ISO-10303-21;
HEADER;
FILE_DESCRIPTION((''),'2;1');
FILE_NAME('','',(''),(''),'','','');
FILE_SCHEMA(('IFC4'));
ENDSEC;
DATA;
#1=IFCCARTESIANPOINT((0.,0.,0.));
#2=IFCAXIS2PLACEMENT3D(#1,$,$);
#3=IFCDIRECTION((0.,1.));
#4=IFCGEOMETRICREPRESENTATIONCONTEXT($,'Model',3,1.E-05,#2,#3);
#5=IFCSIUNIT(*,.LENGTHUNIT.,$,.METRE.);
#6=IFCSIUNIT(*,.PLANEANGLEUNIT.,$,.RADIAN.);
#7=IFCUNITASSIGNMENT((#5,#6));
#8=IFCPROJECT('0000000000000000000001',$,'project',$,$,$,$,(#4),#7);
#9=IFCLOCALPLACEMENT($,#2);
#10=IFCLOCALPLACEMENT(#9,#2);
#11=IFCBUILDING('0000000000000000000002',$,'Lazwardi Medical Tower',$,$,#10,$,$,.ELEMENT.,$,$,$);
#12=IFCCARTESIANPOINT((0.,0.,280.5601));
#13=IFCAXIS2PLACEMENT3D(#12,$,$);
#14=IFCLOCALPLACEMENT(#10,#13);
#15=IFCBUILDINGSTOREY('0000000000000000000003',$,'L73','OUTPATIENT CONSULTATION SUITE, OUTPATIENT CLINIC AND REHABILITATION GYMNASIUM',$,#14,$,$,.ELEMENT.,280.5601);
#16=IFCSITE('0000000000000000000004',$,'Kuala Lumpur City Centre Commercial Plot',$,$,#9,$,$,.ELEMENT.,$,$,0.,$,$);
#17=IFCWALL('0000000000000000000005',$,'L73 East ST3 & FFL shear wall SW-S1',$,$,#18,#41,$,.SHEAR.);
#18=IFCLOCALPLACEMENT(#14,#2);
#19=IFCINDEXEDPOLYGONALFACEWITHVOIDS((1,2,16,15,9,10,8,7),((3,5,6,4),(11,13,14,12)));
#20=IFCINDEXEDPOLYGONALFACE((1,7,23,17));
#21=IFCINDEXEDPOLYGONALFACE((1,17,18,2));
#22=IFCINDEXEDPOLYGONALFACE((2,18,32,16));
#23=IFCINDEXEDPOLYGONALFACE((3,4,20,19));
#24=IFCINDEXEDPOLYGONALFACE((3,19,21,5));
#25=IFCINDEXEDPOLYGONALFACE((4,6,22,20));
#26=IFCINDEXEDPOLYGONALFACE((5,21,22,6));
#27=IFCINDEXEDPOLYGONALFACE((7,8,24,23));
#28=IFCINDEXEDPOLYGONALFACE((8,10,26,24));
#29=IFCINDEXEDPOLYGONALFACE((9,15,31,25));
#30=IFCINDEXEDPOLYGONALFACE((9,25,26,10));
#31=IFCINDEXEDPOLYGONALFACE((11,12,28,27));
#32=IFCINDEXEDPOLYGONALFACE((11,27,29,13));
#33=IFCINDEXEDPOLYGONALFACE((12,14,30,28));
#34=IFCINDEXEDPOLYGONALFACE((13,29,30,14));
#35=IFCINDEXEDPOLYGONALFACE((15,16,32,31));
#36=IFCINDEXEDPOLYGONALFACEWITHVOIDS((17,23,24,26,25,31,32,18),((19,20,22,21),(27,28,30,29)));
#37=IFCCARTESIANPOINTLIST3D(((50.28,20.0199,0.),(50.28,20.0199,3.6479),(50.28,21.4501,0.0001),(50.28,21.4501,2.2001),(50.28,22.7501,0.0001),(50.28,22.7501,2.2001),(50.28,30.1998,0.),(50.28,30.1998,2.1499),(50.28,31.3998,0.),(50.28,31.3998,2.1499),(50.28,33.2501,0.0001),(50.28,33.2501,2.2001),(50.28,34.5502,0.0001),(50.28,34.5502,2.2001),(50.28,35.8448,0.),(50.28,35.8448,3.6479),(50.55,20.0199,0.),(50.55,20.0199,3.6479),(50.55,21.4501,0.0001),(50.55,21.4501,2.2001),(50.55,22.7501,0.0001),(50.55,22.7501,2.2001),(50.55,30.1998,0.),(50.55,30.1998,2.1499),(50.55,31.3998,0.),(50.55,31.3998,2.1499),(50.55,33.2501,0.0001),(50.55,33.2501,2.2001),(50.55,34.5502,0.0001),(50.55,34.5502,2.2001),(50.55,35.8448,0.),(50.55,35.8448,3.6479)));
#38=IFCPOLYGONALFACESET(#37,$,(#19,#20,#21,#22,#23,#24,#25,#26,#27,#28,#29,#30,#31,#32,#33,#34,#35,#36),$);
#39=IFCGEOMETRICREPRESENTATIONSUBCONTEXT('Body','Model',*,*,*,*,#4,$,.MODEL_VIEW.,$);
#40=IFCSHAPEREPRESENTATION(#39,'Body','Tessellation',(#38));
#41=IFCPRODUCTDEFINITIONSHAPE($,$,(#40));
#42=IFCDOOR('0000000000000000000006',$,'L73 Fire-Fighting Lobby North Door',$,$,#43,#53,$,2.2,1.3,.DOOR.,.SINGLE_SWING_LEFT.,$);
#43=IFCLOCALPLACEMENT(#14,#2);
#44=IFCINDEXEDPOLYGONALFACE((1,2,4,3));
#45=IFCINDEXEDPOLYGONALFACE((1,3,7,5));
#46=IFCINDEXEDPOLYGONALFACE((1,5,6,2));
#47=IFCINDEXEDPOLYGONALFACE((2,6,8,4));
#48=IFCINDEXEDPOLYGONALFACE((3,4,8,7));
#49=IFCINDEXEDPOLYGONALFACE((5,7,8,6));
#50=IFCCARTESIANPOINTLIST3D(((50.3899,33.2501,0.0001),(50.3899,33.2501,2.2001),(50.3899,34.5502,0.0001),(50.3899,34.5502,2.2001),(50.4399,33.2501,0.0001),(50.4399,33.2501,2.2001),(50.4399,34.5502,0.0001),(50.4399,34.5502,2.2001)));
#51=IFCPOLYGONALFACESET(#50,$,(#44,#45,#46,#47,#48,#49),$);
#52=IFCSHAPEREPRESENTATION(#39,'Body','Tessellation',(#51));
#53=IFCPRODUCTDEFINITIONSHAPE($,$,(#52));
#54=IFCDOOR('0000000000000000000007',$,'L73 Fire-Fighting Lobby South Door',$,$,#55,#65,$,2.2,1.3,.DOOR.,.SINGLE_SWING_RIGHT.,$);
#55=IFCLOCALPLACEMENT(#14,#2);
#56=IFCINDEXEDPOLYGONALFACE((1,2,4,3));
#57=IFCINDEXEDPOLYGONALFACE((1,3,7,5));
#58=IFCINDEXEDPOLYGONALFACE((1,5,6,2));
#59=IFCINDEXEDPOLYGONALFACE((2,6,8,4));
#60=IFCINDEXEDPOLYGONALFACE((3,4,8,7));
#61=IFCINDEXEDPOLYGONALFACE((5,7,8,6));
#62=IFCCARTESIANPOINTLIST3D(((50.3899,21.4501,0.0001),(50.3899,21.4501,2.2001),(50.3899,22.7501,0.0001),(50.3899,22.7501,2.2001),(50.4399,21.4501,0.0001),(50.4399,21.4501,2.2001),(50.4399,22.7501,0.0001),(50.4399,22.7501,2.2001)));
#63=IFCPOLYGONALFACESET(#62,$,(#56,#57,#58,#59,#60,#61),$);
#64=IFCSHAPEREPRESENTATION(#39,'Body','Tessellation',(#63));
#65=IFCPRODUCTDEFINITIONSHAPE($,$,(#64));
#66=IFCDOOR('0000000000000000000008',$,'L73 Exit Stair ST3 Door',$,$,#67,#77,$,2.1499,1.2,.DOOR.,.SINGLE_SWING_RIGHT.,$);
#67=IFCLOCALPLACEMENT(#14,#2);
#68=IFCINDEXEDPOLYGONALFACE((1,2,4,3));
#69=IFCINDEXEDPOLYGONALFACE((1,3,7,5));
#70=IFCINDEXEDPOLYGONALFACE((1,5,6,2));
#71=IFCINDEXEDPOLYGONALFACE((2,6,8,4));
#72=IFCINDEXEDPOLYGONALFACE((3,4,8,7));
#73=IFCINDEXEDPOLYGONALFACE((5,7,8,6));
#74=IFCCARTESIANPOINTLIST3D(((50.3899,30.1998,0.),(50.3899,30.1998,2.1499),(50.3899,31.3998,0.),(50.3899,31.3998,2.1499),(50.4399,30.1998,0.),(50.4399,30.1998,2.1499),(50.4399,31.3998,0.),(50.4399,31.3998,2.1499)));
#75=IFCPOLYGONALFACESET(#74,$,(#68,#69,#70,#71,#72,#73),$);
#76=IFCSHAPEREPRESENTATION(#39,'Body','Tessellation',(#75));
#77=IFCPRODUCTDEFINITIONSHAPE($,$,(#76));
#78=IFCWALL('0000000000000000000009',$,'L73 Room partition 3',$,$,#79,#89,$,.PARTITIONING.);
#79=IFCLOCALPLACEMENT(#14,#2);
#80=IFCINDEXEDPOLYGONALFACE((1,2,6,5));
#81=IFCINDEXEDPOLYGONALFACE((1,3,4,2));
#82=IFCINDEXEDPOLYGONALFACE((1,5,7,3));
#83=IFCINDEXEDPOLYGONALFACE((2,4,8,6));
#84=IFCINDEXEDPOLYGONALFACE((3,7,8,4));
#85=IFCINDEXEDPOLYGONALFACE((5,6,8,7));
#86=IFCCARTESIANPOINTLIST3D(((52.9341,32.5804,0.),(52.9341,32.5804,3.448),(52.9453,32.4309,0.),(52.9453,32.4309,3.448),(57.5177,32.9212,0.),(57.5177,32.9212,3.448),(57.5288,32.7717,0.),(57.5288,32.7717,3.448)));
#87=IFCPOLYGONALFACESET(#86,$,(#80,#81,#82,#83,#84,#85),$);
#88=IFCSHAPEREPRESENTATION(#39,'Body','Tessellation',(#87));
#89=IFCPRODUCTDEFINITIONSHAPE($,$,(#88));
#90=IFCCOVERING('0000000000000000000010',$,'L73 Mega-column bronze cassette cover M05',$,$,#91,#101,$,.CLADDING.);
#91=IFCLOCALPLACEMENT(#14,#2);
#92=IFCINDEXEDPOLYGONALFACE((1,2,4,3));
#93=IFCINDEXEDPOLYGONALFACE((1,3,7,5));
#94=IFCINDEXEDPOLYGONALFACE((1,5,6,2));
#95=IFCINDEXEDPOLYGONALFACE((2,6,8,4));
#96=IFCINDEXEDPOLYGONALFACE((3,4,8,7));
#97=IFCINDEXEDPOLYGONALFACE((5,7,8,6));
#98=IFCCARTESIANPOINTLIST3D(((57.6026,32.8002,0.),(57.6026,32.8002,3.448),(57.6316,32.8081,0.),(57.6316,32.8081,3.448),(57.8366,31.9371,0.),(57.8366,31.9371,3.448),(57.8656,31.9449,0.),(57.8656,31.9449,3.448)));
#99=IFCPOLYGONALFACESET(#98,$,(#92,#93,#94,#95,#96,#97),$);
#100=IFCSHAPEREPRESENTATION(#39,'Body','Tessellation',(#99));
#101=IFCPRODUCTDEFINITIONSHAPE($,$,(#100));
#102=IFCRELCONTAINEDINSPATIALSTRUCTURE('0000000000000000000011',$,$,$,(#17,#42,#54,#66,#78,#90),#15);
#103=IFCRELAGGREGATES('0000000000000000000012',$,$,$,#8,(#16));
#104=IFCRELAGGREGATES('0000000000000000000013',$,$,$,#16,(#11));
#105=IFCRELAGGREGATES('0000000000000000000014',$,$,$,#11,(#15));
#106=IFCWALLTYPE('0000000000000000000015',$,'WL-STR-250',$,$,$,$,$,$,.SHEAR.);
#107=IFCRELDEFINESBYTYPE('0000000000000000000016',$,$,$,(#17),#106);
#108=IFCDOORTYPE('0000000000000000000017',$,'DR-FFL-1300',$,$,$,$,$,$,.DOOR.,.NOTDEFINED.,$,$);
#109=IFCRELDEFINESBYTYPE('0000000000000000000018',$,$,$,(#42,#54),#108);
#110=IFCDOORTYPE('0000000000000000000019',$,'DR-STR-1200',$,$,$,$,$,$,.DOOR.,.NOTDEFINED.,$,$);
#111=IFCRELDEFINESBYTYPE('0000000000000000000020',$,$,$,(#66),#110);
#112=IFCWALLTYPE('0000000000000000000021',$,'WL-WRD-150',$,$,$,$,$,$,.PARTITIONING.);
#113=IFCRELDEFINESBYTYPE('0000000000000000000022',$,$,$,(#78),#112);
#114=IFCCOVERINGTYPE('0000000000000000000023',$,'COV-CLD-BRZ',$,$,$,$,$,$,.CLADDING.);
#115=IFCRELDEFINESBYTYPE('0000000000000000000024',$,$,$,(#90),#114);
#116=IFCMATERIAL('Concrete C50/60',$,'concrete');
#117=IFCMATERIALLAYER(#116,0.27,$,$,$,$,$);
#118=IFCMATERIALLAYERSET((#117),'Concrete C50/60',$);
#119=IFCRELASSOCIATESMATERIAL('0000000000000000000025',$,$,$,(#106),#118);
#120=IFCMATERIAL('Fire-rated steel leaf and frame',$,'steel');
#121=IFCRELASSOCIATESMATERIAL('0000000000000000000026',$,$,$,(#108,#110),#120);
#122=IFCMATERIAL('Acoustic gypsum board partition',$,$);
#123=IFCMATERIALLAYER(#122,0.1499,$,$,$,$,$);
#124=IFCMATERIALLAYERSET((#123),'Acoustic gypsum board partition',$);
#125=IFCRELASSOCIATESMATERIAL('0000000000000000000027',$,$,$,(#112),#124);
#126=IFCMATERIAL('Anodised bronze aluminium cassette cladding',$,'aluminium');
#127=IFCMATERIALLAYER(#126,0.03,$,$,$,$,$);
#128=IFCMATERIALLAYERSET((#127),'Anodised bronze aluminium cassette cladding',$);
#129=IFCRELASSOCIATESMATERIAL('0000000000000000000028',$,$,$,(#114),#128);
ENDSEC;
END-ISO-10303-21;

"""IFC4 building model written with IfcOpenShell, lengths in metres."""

from ifc_helpers import new_model, si_unit, direction, frame, frame_2d, origin, origin_2d, place, context, subcontext, project, spatial, rectangle, extrude, material, layer, layer_set, type_object, element, fill, save


model = new_model("IFC4")

# Units and contexts
model_context = context("Model", 3, precision=1e-05, world=origin(), true_north=direction((0.0, 1.0)))
body_context = subcontext(model_context, "Body", "Model", "MODEL_VIEW")
ifc_project = project(units=[si_unit("LENGTHUNIT", "METRE"), si_unit("PLANEANGLEUNIT", "RADIAN")], contexts=[model_context])

# Site, building, storey
site_placement = place(None, origin())
site = spatial("IfcSite", under=ifc_project, at=site_placement, Name="Kuala Lumpur City Centre Commercial Plot", CompositionType="ELEMENT", RefElevation=0.0)
building_placement = place(site_placement, origin())
building = spatial("IfcBuilding", under=site, at=building_placement, Name="Lazwardi Medical Tower", CompositionType="ELEMENT")
storey_placement = place(building_placement, frame((0.0, 0.0, 280.5601)))
storey = spatial("IfcBuildingStorey", under=building, at=storey_placement, Name="L73", Description="OUTPATIENT CONSULTATION SUITE, OUTPATIENT CLINIC AND REHABILITATION GYMNASIUM", CompositionType="ELEMENT", Elevation=280.5601)

# Wall, openings, doors
ifc_material_1 = material(Name="Concrete C50/60", Category="concrete")
ifc_layer_1 = layer(ifc_material_1, 0.27)
ifc_layer_set_1 = layer_set([ifc_layer_1], Name="Concrete C50/60")
wall_type_1 = type_object("IfcWallType", Name="WL-STR-250", PredefinedType="SHEAR", material=ifc_layer_set_1)
wall_1_placement = place(storey_placement, frame((50.415, 35.845, 0.0), z_axis=(0.0, 0.0, 1.0), x_axis=(0.0, -1.0, 0.0)))
wall_1 = element("IfcWall", 1, at=wall_1_placement, inside=storey, type_object=wall_type_1, Name="L73 East ST3 & FFL shear wall SW-S1", PredefinedType="SHEAR", context=body_context, shape_type="SweptSolid", body=[
    extrude(rectangle(XDim=15.825, YDim=0.27, at=frame_2d((7.9126, 0.0))), origin(), (0.0, 0.0, 1.0), 3.6479),
])
opening_1_placement = place(wall_1_placement, frame((4.4451, 0.0, 0.0)))
opening_1 = element("IfcOpeningElement", 2, at=opening_1_placement, cuts=wall_1, PredefinedType="OPENING", context=body_context, shape_type="SweptSolid", body=[
    extrude(rectangle(XDim=1.2, YDim=2.1499, at=frame_2d((0.6001, 1.075))), frame((0.0, 0.145, 0.0), z_axis=(0.0, -1.0, 0.0), x_axis=(1.0, 0.0, 0.0)), (0.0, 0.0, 1.0), 0.29),
])
opening_2_placement = place(wall_1_placement, frame((1.2949, 0.0, 0.0)))
opening_2 = element("IfcOpeningElement", 3, at=opening_2_placement, cuts=wall_1, PredefinedType="OPENING", context=body_context, shape_type="SweptSolid", body=[
    extrude(rectangle(XDim=1.3, YDim=2.2, at=frame_2d((0.6499, 1.1001))), frame((0.0, 0.145, 0.0), z_axis=(0.0, -1.0, 0.0), x_axis=(1.0, 0.0, 0.0)), (0.0, 0.0, 1.0), 0.29),
])
opening_3_placement = place(wall_1_placement, frame((13.095, 0.0, 0.0)))
opening_3 = element("IfcOpeningElement", 4, at=opening_3_placement, cuts=wall_1, PredefinedType="OPENING", context=body_context, shape_type="SweptSolid", body=[
    extrude(rectangle(XDim=1.3, YDim=2.2, at=frame_2d((0.6499, 1.1001))), frame((0.0, 0.145, 0.0), z_axis=(0.0, -1.0, 0.0), x_axis=(1.0, 0.0, 0.0)), (0.0, 0.0, 1.0), 0.29),
])
ifc_material_2 = material(Name="Fire-rated steel leaf and frame", Category="steel")
door_type_1 = type_object("IfcDoorType", Name="DR-FFL-1300", OperationType="NOTDEFINED", PredefinedType="DOOR", material=ifc_material_2)
door_1_placement = place(opening_2_placement, origin())
door_1 = element("IfcDoor", 5, at=door_1_placement, inside=storey, type_object=door_type_1, Name="L73 Fire-Fighting Lobby North Door", OperationType="SINGLE_SWING_LEFT", OverallHeight=2.2, OverallWidth=1.3, PredefinedType="DOOR", context=body_context, shape_type="SweptSolid", body=[
    extrude(rectangle(XDim=1.3, YDim=2.2, at=frame_2d((0.6499, 1.1001))), frame((0.0, 0.0249, 0.0), z_axis=(0.0, -1.0, 0.0), x_axis=(1.0, 0.0, 0.0)), (0.0, 0.0, 1.0), 0.05),
])
fill(opening_2, door_1)
door_2_placement = place(opening_3_placement, origin())
door_2 = element("IfcDoor", 6, at=door_2_placement, inside=storey, type_object=door_type_1, Name="L73 Fire-Fighting Lobby South Door", OperationType="SINGLE_SWING_RIGHT", OverallHeight=2.2, OverallWidth=1.3, PredefinedType="DOOR", context=body_context, shape_type="SweptSolid", body=[
    extrude(rectangle(XDim=1.3, YDim=2.2, at=frame_2d((0.6499, 1.1001))), frame((0.0, 0.0249, 0.0), z_axis=(0.0, -1.0, 0.0), x_axis=(1.0, 0.0, 0.0)), (0.0, 0.0, 1.0), 0.05),
])
fill(opening_3, door_2)
door_type_2 = type_object("IfcDoorType", Name="DR-STR-1200", OperationType="NOTDEFINED", PredefinedType="DOOR", material=ifc_material_2)
door_3_placement = place(opening_1_placement, origin())
door_3 = element("IfcDoor", 7, at=door_3_placement, inside=storey, type_object=door_type_2, Name="L73 Exit Stair ST3 Door", OperationType="SINGLE_SWING_RIGHT", OverallHeight=2.1499, OverallWidth=1.2, PredefinedType="DOOR", context=body_context, shape_type="SweptSolid", body=[
    extrude(rectangle(XDim=1.2, YDim=2.1499, at=frame_2d((0.6001, 1.075))), frame((0.0, 0.0249, 0.0), z_axis=(0.0, -1.0, 0.0), x_axis=(1.0, 0.0, 0.0)), (0.0, 0.0, 1.0), 0.05),
])
fill(opening_1, door_3)

# Wall
ifc_material_3 = material(Name="Acoustic gypsum board partition")
ifc_layer_2 = layer(ifc_material_3, 0.1499)
ifc_layer_set_2 = layer_set([ifc_layer_2], Name="Acoustic gypsum board partition")
wall_type_2 = type_object("IfcWallType", Name="WL-WRD-150", PredefinedType="PARTITIONING", material=ifc_layer_set_2)
wall_2_placement = place(storey_placement, frame((52.9397, 32.5056, 0.0), z_axis=(0.0, 0.0, 1.0), x_axis=(0.997247, 0.074153, 0.0)))
element("IfcWall", 8, at=wall_2_placement, inside=storey, type_object=wall_type_2, Name="L73 Room partition 3", PredefinedType="PARTITIONING", context=body_context, shape_type="SweptSolid", body=[
    extrude(rectangle(XDim=4.5962, YDim=0.1499, at=frame_2d((2.2981, 0.0))), origin(), (0.0, 0.0, 1.0), 3.448),
])

# Covering
ifc_material_4 = material(Name="Anodised bronze aluminium cassette cladding", Category="aluminium")
ifc_layer_3 = layer(ifc_material_4, 0.03)
ifc_layer_set_3 = layer_set([ifc_layer_3], Name="Anodised bronze aluminium cassette cladding")
covering_type = type_object("IfcCoveringType", Name="COV-CLD-BRZ", PredefinedType="CLADDING", material=ifc_layer_set_3)
covering_placement = place(storey_placement, frame((57.7341, 32.3726, 0.0), z_axis=(0.0, 0.0, 1.0), x_axis=(-0.261642, 0.965165, 0.0)))
element("IfcCovering", 9, at=covering_placement, inside=storey, type_object=covering_type, Name="L73 Mega-column bronze cassette cover M05", PredefinedType="CLADDING", context=body_context, shape_type="SweptSolid", body=[
    extrude(rectangle(XDim=0.8943, YDim=0.03, at=origin_2d()), origin(), (0.0, 0.0, 1.0), 3.448),
])

save(model, "model.ifc")
